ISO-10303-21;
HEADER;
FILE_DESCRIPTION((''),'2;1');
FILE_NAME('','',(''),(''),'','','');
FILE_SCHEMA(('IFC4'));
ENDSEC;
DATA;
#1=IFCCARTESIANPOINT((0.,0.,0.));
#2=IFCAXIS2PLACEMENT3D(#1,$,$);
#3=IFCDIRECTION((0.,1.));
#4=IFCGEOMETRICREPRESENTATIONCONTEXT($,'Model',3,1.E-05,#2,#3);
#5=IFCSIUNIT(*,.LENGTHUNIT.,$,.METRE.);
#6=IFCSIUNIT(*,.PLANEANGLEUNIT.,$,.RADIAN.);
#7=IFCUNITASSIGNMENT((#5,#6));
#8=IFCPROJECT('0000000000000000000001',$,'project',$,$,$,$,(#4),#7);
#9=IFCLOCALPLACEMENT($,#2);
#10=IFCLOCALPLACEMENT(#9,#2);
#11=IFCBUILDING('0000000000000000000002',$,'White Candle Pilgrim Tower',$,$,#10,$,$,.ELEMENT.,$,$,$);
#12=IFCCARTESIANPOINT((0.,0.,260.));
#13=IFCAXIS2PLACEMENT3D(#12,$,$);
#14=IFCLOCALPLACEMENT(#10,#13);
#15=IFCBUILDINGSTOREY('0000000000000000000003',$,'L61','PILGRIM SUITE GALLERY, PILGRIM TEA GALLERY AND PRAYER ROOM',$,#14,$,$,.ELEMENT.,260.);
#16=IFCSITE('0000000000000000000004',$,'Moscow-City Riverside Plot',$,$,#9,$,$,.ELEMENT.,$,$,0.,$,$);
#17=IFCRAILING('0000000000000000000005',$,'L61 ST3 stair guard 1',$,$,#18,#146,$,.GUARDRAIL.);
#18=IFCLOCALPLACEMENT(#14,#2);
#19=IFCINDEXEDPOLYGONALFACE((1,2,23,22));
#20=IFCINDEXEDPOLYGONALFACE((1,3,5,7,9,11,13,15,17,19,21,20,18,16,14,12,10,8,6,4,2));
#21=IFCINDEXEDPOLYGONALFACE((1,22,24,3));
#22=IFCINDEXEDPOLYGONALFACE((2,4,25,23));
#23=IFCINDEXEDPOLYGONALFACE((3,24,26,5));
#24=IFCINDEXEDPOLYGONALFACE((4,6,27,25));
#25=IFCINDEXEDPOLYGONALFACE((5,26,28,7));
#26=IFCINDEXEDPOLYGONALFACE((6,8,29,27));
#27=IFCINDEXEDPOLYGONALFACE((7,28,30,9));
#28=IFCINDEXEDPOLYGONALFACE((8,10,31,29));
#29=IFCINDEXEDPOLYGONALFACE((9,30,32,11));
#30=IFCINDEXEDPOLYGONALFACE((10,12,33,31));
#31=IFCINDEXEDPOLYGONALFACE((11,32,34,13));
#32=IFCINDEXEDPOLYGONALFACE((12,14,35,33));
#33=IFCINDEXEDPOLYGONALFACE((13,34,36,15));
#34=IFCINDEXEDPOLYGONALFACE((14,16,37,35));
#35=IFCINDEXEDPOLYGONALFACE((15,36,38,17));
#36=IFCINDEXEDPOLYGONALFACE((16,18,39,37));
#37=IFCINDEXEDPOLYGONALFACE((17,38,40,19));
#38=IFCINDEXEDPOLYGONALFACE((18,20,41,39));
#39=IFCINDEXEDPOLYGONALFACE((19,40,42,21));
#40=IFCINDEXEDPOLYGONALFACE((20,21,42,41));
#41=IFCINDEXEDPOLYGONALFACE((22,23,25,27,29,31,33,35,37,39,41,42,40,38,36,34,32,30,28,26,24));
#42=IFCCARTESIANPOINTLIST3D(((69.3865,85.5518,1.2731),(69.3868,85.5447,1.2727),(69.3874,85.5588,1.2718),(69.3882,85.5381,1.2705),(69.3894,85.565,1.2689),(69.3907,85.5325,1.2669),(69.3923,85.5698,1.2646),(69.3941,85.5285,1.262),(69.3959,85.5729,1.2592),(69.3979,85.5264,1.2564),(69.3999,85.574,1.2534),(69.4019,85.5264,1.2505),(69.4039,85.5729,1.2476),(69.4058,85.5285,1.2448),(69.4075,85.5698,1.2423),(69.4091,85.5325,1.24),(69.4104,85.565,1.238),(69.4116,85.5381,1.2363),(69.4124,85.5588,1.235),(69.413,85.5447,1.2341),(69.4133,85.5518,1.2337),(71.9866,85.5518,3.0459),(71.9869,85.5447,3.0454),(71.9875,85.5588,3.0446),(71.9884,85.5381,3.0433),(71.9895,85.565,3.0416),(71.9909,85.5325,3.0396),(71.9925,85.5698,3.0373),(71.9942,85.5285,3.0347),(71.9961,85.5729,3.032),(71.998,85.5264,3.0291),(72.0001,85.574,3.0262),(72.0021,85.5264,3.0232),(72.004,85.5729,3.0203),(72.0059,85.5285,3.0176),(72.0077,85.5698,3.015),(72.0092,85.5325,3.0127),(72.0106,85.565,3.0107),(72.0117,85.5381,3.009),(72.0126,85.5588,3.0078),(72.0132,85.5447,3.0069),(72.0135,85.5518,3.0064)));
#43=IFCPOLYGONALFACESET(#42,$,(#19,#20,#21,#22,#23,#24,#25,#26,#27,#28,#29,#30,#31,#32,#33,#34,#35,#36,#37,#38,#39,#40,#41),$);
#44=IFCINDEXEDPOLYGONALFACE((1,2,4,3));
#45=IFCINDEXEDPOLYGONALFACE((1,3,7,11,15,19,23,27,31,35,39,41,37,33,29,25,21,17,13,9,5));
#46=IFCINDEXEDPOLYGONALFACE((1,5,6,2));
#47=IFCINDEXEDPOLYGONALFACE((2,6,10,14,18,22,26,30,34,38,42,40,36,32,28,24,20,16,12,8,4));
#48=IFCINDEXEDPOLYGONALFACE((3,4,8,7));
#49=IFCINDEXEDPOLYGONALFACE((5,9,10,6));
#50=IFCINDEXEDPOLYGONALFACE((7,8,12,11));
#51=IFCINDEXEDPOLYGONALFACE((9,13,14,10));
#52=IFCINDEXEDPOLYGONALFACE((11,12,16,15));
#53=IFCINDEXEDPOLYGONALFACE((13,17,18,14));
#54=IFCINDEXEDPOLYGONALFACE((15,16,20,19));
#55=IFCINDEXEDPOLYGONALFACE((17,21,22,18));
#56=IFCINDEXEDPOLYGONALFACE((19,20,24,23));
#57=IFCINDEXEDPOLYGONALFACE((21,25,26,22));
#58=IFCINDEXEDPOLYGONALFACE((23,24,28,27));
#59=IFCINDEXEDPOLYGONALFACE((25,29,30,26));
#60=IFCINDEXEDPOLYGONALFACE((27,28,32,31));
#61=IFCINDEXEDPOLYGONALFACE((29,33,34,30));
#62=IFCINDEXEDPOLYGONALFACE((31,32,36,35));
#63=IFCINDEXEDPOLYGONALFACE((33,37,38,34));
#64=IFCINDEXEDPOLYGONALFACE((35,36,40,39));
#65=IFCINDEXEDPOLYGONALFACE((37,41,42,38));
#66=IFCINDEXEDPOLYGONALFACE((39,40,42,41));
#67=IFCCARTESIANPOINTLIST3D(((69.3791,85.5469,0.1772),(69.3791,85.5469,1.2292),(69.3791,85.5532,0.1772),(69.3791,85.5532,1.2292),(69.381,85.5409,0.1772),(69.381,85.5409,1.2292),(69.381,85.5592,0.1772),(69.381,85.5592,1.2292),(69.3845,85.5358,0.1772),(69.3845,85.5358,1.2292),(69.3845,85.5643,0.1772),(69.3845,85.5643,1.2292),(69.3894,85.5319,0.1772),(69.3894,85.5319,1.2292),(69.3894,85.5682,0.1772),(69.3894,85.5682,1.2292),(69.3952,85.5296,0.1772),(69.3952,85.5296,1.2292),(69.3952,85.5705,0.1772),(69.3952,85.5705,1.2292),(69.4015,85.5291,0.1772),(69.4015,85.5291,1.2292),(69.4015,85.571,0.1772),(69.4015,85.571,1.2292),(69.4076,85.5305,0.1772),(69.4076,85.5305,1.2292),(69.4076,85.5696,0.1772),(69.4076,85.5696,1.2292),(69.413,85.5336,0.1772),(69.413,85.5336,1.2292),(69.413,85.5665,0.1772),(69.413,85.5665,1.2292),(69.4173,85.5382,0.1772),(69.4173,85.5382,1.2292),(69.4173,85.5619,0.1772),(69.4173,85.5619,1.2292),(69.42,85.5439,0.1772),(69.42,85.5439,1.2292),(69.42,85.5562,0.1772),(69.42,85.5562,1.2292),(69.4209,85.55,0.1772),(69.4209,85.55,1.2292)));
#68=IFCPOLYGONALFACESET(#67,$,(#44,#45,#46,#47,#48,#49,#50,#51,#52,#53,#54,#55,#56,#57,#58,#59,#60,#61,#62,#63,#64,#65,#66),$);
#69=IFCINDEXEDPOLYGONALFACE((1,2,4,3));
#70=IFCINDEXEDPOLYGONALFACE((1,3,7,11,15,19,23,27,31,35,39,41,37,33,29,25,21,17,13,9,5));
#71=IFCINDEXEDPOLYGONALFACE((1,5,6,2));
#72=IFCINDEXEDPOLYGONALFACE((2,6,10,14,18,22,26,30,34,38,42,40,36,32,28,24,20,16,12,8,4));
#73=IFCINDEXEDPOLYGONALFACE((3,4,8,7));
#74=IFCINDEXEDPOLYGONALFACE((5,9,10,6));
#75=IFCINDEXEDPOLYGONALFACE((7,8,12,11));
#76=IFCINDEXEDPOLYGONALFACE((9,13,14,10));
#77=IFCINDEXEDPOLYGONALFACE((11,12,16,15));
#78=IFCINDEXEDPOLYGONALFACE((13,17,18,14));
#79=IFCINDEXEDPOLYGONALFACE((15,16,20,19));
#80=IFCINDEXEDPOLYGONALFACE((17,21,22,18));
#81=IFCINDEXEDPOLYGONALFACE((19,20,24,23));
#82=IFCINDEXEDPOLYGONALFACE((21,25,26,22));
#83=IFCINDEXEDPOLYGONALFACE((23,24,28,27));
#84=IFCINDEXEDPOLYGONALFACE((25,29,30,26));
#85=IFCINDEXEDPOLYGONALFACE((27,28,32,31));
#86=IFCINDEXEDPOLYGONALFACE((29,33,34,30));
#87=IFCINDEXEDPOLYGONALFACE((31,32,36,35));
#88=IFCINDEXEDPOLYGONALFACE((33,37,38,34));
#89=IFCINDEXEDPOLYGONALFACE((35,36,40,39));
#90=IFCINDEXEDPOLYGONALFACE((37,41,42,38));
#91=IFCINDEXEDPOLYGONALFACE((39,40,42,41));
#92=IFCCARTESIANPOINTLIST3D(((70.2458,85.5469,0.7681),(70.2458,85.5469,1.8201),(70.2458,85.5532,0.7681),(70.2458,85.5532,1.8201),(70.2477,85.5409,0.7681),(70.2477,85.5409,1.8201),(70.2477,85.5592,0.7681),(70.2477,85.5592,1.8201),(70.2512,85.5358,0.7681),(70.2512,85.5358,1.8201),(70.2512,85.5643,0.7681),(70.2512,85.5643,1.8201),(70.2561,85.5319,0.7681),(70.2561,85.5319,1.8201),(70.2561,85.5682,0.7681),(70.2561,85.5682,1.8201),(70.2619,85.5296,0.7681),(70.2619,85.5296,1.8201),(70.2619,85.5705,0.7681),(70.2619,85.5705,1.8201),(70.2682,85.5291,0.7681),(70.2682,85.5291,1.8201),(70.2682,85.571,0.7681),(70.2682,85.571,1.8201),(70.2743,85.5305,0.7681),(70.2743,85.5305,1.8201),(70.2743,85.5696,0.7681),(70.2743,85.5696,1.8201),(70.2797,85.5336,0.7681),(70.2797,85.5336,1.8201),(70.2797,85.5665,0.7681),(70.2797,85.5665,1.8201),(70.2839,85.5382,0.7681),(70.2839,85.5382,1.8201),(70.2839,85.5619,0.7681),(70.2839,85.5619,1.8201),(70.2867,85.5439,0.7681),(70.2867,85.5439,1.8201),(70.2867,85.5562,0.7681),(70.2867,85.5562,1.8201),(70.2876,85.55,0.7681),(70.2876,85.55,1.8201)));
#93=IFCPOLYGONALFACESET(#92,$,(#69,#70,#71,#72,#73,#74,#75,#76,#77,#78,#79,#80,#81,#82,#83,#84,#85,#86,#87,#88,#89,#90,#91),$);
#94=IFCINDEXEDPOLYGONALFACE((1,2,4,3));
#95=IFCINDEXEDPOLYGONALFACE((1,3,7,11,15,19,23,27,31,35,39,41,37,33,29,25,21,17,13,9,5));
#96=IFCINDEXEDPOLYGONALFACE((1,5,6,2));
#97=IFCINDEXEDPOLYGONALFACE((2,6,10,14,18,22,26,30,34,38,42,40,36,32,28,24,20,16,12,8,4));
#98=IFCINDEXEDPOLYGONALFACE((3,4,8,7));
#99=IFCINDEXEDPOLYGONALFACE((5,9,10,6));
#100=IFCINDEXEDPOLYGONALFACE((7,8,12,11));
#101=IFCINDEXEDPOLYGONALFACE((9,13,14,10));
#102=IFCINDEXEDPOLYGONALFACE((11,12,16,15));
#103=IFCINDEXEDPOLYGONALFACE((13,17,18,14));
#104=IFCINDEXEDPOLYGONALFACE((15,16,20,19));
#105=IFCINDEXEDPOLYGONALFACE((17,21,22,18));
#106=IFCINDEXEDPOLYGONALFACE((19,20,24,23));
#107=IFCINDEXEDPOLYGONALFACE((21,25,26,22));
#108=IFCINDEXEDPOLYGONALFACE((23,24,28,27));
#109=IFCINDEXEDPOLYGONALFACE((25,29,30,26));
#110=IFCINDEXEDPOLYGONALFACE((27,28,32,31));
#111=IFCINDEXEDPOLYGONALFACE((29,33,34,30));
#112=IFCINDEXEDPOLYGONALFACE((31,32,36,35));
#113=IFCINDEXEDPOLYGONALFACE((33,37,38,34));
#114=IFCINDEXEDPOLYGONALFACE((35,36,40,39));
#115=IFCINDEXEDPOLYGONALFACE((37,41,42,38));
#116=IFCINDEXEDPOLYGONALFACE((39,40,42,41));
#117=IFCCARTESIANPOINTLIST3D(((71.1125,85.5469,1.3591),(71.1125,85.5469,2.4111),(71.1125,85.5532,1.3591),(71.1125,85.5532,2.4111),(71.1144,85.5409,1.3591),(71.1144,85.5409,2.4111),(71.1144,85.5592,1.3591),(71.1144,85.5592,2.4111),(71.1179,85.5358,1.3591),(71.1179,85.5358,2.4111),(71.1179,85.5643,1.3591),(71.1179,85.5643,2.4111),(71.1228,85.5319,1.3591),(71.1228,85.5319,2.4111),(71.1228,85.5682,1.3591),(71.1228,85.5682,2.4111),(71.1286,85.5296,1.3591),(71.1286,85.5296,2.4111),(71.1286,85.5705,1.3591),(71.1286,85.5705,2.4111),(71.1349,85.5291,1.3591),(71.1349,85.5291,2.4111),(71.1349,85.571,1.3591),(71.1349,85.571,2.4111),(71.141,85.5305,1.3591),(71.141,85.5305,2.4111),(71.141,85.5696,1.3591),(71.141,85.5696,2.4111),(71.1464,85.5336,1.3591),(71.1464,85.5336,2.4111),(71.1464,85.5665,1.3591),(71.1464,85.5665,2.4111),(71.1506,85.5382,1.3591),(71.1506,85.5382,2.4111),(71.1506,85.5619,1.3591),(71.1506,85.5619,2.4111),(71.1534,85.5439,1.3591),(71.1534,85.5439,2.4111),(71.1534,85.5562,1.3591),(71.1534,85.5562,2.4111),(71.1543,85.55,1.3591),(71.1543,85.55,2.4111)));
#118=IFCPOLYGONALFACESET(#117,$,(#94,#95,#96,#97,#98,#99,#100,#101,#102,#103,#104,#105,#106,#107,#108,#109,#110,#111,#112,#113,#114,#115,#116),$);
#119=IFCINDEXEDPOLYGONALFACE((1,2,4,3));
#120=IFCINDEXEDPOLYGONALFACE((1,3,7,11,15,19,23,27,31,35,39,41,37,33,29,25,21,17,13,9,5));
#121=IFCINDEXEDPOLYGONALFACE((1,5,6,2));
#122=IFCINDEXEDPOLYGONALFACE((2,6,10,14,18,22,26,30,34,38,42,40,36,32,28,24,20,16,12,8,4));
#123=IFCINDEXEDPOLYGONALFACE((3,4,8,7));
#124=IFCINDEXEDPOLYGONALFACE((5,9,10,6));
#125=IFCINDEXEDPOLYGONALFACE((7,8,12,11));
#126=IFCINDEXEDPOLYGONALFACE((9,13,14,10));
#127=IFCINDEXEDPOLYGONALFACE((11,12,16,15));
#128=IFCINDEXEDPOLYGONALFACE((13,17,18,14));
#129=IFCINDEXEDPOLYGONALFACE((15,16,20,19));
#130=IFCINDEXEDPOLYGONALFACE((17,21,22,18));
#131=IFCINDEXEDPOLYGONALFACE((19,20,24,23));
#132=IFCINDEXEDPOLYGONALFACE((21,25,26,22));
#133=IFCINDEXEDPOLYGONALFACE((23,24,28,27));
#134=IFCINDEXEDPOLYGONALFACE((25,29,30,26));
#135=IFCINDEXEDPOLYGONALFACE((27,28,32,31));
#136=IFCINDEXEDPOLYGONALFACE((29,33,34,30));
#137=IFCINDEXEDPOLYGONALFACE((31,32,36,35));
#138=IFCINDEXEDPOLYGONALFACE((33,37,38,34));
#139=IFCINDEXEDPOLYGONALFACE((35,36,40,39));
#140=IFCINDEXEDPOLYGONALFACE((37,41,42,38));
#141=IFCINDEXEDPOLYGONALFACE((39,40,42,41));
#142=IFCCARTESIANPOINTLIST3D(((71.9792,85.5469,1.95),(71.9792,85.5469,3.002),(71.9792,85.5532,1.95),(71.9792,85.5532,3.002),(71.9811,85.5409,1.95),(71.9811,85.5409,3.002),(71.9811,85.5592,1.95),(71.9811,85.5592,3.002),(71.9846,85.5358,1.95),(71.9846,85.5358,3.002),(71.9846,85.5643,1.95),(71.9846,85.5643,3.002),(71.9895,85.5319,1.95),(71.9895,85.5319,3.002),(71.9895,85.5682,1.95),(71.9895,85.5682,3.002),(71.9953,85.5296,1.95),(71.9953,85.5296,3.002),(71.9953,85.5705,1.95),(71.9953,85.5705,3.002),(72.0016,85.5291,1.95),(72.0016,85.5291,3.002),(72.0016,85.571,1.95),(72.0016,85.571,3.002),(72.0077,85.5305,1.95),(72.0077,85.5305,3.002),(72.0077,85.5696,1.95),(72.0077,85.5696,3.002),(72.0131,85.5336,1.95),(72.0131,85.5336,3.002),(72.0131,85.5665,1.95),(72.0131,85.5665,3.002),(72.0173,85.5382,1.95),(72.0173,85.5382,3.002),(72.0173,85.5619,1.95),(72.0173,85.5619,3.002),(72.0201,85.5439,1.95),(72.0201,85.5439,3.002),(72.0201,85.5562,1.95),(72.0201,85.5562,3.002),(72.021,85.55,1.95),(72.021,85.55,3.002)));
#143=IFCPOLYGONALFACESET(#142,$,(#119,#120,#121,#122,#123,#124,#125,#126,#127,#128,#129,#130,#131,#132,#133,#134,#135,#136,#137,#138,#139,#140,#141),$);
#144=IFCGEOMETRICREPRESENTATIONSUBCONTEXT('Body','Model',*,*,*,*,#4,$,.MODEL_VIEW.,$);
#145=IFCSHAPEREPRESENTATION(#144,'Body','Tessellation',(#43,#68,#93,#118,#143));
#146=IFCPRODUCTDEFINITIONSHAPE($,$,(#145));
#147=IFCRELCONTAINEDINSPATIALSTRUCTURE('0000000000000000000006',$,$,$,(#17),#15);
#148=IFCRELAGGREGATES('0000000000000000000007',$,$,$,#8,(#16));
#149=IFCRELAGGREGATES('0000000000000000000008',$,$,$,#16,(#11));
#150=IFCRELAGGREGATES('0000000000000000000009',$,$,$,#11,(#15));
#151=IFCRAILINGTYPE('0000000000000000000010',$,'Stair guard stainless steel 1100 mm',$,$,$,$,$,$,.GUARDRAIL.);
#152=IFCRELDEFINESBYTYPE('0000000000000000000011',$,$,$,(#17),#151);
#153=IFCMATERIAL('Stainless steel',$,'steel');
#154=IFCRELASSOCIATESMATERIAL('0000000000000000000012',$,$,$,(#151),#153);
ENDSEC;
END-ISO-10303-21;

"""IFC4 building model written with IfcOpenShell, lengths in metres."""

from ifc_helpers import new_model, si_unit, direction, frame, origin, origin_2d, place, context, subcontext, project, spatial, circle, extrude, material, type_object, element, save


model = new_model("IFC4")

# Units and contexts
model_context = context("Model", 3, precision=1e-05, world=origin(), true_north=direction((0.0, 1.0)))
body_context = subcontext(model_context, "Body", "Model", "MODEL_VIEW")
ifc_project = project(units=[si_unit("LENGTHUNIT", "METRE"), si_unit("PLANEANGLEUNIT", "RADIAN")], contexts=[model_context])

# Site, building, storey
site_placement = place(None, origin())
site = spatial("IfcSite", under=ifc_project, at=site_placement, Name="Moscow-City Riverside Plot", CompositionType="ELEMENT", RefElevation=0.0)
building_placement = place(site_placement, origin())
building = spatial("IfcBuilding", under=site, at=building_placement, Name="White Candle Pilgrim Tower", CompositionType="ELEMENT")
storey_placement = place(building_placement, frame((0.0, 0.0, 260.0)))
storey = spatial("IfcBuildingStorey", under=building, at=storey_placement, Name="L61", Description="PILGRIM SUITE GALLERY, PILGRIM TEA GALLERY AND PRAYER ROOM", CompositionType="ELEMENT", Elevation=260.0)

# Railing
ifc_material_1 = material(Name="Stainless steel", Category="steel")
railing_type_1 = type_object("IfcRailingType", Name="Stair guard stainless steel 1100 mm", PredefinedType="GUARDRAIL", material=ifc_material_1)
railing_1_placement = place(storey_placement, frame((69.3999, 85.55, 0.1772)))
element("IfcRailing", 1, at=railing_1_placement, inside=storey, type_object=railing_type_1, Name="L61 ST3 stair guard 1", PredefinedType="GUARDRAIL", context=body_context, shape_type="SweptSolid", body=[
    extrude(circle(Radius=0.0239, at=origin_2d()), frame((0.0, 0.0, 1.0762), z_axis=(0.82624, 0.0, 0.563318), x_axis=(0.0, 1.0, 0.0)), (0.0, 0.0, 1.0), 3.147),
    extrude(circle(Radius=0.021, at=origin_2d()), origin(), (0.0, 0.0, 1.0), 1.052),
    extrude(circle(Radius=0.021, at=origin_2d()), frame((0.8667, 0.0, 0.5908)), (0.0, 0.0, 1.0), 1.052),
    extrude(circle(Radius=0.021, at=origin_2d()), frame((1.7334, 0.0, 1.1819)), (0.0, 0.0, 1.0), 1.052),
    extrude(circle(Radius=0.021, at=origin_2d()), frame((2.6001, 0.0, 1.7727)), (0.0, 0.0, 1.0), 1.052),
])

save(model, "model.ifc")
